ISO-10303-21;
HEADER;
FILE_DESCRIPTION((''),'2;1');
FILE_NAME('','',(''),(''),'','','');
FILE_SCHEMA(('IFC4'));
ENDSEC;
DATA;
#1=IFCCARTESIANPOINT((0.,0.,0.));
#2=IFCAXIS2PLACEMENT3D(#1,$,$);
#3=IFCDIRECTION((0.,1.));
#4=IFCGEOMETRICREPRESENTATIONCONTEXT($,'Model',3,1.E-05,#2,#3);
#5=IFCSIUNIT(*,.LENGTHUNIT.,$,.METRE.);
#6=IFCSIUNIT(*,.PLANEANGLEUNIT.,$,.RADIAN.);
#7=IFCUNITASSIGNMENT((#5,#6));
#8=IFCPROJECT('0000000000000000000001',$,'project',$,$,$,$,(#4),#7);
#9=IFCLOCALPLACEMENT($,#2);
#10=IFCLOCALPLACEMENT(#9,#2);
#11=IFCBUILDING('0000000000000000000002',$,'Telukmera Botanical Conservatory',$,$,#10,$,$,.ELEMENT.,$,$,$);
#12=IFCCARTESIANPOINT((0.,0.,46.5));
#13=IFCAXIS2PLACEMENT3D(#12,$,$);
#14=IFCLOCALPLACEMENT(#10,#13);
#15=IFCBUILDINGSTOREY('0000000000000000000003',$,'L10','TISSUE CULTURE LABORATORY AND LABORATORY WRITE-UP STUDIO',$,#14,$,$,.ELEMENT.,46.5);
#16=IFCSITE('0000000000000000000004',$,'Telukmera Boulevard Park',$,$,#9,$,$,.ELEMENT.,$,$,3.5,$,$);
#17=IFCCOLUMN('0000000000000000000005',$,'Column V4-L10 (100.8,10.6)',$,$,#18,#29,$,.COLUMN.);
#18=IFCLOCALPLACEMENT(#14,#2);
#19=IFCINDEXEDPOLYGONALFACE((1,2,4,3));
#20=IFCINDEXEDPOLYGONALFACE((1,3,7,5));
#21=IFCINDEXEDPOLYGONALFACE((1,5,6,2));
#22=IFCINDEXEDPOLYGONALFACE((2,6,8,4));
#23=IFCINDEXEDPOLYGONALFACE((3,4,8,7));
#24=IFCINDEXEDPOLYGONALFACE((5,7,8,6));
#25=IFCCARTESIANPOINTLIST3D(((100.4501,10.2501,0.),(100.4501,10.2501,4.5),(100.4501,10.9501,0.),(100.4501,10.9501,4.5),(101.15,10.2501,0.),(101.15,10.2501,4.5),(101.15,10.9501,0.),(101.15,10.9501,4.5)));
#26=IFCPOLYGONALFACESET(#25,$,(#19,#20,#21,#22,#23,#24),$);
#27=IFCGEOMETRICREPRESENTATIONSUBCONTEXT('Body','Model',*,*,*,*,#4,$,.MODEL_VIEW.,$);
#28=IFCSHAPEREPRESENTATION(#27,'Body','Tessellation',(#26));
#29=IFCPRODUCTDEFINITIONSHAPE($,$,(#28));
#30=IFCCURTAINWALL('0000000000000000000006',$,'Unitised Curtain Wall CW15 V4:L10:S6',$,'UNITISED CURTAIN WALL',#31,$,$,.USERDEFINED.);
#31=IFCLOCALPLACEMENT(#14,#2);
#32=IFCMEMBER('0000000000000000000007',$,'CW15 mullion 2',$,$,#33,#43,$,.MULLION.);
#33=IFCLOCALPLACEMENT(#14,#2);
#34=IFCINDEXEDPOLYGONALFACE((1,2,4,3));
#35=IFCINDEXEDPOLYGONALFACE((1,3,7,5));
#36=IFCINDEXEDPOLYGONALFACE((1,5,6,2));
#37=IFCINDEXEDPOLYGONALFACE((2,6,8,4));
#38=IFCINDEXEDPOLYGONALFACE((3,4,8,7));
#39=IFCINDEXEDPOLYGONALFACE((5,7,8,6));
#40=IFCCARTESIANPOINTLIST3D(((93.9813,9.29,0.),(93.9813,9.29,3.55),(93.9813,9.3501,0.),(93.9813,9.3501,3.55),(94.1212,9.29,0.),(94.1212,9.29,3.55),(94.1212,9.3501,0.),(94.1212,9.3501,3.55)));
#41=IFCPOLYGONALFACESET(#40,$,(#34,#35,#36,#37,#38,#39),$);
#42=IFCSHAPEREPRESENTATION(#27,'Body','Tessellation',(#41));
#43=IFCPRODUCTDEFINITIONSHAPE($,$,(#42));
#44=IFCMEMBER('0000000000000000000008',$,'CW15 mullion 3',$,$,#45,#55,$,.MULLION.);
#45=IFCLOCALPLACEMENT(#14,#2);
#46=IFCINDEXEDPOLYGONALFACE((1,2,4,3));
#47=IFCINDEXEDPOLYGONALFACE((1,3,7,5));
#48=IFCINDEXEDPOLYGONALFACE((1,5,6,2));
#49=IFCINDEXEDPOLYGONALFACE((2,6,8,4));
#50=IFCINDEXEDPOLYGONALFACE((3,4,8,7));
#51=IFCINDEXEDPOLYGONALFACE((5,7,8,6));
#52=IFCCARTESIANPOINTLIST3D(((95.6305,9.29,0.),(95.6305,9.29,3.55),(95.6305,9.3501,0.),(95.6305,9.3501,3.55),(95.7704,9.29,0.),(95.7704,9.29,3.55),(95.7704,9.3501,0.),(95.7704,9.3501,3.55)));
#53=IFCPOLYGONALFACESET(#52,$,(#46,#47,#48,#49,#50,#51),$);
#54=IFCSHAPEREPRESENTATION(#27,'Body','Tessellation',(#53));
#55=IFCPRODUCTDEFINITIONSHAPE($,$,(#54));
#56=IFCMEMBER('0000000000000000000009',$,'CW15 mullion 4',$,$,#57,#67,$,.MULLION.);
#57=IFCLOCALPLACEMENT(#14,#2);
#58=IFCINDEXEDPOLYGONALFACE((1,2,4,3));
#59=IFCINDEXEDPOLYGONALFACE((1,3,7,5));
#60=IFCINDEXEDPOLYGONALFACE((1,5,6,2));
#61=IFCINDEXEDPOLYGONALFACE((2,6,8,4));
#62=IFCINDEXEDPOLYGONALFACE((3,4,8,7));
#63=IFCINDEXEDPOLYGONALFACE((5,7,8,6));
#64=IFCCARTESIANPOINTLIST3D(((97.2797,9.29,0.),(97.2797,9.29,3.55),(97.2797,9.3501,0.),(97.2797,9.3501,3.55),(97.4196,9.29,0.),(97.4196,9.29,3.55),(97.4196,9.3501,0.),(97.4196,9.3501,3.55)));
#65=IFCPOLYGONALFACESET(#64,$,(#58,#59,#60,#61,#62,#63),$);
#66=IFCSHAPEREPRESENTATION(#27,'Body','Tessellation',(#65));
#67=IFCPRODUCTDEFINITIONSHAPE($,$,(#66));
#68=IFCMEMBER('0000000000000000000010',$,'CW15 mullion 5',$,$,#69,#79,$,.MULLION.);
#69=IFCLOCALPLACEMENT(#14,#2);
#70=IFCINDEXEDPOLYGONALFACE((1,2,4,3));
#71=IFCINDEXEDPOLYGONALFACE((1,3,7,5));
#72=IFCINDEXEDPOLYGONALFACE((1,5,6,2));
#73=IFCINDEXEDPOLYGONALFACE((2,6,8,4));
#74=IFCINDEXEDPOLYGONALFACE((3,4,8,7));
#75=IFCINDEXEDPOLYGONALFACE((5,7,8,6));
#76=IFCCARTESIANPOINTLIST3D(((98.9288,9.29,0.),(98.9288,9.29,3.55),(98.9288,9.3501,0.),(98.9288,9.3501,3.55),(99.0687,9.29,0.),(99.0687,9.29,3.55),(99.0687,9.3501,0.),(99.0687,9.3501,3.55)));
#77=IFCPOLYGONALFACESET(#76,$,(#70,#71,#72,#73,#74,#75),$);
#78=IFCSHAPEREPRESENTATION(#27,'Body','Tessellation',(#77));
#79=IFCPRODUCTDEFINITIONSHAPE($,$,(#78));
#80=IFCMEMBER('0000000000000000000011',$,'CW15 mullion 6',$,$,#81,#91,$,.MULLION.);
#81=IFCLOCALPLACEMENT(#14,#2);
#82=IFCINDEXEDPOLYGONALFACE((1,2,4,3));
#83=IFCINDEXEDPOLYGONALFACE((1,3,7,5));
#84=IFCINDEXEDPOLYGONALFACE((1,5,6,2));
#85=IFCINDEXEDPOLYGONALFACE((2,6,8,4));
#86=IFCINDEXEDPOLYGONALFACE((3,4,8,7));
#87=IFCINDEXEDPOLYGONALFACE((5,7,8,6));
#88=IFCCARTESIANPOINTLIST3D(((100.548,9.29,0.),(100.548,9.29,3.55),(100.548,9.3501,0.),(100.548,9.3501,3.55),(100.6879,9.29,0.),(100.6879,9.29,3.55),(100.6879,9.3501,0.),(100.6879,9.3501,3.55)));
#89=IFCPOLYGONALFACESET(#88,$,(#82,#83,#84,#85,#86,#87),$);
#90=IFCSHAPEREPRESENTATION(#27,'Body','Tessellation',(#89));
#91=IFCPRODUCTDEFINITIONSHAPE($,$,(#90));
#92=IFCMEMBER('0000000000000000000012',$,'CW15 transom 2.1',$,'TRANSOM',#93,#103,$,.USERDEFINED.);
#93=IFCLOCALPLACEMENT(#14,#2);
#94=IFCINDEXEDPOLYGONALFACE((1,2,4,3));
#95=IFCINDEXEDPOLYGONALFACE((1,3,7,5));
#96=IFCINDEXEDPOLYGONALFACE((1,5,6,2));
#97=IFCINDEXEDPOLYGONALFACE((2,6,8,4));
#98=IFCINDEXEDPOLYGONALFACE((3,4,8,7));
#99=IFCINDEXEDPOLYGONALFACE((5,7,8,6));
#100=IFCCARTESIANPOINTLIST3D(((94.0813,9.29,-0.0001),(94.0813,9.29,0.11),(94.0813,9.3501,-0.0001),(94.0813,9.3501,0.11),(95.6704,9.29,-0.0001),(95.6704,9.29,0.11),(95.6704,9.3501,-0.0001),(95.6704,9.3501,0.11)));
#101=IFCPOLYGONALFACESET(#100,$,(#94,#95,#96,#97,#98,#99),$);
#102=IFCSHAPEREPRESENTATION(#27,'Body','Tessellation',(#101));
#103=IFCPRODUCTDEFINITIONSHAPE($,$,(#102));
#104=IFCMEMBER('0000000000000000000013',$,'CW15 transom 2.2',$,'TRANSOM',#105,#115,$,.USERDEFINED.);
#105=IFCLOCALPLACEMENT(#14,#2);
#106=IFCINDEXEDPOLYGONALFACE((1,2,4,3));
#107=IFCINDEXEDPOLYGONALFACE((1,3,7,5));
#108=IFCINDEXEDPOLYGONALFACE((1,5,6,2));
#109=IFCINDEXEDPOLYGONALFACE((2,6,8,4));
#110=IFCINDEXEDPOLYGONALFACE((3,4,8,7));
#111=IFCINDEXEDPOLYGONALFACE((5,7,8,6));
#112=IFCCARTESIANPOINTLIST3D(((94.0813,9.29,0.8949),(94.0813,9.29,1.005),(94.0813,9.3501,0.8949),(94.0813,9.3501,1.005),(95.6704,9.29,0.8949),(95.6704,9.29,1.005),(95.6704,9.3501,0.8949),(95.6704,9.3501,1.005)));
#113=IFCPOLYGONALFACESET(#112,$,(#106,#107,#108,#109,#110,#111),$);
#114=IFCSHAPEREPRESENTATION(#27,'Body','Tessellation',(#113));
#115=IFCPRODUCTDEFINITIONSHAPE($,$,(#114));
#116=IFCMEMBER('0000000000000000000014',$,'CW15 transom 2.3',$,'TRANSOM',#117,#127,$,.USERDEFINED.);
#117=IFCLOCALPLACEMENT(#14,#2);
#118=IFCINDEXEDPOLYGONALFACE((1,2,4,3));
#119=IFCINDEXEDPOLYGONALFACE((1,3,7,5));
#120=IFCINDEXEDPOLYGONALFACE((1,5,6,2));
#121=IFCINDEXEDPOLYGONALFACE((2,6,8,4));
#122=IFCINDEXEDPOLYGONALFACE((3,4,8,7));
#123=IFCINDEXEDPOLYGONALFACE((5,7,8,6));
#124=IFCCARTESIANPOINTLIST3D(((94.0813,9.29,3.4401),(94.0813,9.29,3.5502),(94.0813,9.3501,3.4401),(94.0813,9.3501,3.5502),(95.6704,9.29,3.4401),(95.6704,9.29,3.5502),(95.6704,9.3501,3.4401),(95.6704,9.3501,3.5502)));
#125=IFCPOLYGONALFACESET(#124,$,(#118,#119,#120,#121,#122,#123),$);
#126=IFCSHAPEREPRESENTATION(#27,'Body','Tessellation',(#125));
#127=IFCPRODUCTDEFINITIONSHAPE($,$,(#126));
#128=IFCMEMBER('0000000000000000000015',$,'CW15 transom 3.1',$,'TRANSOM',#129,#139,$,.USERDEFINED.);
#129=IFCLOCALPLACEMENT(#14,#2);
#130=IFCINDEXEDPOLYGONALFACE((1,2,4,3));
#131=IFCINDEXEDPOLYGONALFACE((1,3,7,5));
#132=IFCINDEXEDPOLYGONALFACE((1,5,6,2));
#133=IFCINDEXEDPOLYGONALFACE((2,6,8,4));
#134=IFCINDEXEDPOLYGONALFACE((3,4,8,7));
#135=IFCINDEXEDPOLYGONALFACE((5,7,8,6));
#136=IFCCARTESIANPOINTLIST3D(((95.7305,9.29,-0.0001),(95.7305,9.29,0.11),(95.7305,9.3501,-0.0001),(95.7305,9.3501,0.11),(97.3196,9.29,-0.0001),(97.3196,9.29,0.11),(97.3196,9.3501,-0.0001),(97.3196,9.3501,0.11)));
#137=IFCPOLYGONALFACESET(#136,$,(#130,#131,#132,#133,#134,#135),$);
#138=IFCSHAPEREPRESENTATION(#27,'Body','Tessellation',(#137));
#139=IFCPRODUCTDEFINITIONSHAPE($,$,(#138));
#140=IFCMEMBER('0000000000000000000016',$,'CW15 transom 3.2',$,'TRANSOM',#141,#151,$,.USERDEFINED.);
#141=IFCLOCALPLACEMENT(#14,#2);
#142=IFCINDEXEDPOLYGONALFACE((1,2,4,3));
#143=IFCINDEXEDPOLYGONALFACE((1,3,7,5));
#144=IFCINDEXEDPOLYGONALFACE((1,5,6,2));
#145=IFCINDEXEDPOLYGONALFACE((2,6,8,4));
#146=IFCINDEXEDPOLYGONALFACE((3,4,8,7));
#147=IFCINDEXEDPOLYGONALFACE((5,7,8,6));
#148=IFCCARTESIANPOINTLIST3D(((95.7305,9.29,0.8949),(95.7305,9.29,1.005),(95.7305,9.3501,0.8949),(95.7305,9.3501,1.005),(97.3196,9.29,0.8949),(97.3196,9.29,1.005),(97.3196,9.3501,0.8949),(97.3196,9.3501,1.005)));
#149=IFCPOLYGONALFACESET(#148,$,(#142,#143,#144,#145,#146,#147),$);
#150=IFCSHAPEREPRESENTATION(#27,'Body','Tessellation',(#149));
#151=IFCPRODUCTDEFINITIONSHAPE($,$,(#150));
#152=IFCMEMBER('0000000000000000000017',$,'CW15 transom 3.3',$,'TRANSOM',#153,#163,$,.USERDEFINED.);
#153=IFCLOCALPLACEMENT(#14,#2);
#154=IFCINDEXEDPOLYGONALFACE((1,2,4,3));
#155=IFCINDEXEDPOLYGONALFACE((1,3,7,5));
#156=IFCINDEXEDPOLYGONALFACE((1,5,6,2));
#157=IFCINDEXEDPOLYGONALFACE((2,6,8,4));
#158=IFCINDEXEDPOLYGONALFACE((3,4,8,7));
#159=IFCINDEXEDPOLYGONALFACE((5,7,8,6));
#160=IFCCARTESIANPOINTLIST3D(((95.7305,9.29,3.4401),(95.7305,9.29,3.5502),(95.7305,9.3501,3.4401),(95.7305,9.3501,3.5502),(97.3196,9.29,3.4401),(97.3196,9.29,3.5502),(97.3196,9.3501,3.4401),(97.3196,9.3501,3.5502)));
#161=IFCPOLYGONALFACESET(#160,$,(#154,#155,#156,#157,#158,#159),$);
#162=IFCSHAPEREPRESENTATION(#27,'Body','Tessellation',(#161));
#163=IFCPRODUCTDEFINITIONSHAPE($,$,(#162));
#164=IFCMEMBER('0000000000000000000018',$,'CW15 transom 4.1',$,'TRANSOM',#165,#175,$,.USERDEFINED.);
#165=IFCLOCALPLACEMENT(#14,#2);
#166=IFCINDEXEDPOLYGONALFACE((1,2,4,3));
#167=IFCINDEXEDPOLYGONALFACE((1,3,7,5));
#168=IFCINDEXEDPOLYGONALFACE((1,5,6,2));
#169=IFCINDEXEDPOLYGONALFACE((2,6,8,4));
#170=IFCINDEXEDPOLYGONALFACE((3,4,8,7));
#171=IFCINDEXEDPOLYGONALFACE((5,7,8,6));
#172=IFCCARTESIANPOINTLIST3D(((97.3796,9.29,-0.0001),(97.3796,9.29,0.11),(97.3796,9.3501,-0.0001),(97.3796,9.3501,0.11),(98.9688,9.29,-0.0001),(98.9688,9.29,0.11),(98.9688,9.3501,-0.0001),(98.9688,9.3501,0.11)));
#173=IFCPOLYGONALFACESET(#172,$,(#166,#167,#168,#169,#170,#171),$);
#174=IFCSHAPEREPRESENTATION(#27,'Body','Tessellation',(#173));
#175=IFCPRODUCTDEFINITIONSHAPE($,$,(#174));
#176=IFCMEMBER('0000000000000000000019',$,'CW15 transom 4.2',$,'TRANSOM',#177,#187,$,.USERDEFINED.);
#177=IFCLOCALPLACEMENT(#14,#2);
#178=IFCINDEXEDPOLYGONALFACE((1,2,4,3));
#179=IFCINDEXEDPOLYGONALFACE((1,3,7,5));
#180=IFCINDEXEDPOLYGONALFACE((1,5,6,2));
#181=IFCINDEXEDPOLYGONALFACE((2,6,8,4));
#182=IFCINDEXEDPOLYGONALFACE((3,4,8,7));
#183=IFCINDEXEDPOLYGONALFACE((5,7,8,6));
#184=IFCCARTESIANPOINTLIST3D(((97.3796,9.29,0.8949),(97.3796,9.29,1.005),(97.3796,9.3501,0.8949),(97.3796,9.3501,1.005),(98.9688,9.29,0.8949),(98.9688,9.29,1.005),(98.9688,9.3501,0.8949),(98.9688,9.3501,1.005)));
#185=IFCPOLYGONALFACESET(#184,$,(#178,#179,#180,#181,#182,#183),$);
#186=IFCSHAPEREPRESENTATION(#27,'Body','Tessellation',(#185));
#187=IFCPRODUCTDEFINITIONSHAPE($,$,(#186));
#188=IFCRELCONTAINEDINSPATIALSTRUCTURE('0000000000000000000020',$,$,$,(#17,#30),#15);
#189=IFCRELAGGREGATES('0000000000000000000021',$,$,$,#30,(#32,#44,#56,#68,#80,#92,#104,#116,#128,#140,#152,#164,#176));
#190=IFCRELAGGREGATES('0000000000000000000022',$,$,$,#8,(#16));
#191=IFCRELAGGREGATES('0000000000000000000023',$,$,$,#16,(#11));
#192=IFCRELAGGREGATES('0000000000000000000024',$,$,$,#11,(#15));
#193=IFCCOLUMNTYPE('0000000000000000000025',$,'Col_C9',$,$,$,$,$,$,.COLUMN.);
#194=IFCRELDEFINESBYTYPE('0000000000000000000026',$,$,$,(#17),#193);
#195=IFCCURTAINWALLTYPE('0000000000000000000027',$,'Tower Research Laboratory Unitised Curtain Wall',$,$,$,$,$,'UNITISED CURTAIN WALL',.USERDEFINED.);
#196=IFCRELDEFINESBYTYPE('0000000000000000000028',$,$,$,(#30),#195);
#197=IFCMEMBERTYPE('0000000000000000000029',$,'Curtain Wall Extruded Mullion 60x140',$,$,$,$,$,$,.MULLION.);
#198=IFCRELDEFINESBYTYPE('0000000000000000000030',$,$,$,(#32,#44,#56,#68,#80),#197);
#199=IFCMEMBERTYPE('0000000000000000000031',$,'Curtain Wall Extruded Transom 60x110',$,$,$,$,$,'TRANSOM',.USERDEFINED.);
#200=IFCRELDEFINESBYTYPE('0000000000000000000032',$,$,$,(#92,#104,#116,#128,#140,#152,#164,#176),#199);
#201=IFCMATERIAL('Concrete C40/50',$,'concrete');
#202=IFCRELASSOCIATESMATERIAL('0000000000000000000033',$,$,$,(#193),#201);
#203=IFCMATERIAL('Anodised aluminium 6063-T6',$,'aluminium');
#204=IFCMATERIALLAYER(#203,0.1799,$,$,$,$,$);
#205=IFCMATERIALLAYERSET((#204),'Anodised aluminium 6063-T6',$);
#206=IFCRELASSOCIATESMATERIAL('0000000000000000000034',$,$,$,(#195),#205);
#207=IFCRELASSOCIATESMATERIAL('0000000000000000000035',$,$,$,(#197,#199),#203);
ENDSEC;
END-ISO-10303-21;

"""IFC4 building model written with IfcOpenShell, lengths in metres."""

from ifc_helpers import new_model, si_unit, direction, frame, origin, origin_2d, place, context, subcontext, project, spatial, rectangle, extrude, material, layer, layer_set, material_profile, profile_set, type_object, element, aggregate, save


model = new_model("IFC4")

# Units and contexts
model_context = context("Model", 3, precision=1e-05, world=origin(), true_north=direction((0.0, 1.0)))
body_context = subcontext(model_context, "Body", "Model", "MODEL_VIEW")
ifc_project = project(units=[si_unit("LENGTHUNIT", "METRE"), si_unit("PLANEANGLEUNIT", "RADIAN")], contexts=[model_context])

# Site, building, storey
site_placement = place(None, origin())
site = spatial("IfcSite", under=ifc_project, at=site_placement, Name="Telukmera Boulevard Park", CompositionType="ELEMENT", RefElevation=3.5)
building_placement = place(site_placement, origin())
building = spatial("IfcBuilding", under=site, at=building_placement, Name="Telukmera Botanical Conservatory", CompositionType="ELEMENT")
storey_placement = place(building_placement, frame((0.0, 0.0, 46.5)))
storey = spatial("IfcBuildingStorey", under=building, at=storey_placement, Name="L10", Description="TISSUE CULTURE LABORATORY AND LABORATORY WRITE-UP STUDIO", CompositionType="ELEMENT", Elevation=46.5)

# Column
ifc_material_1 = material(Name="Concrete C40/50", Category="concrete")
ifc_material_profile_1 = material_profile(ifc_material_1, rectangle(XDim=0.7, YDim=0.7, at=origin_2d()), Name="RC 700x700")
ifc_profile_set_1 = profile_set([ifc_material_profile_1], Name="Concrete C40/50")
column_type = type_object("IfcColumnType", Name="Col_C9", PredefinedType="COLUMN", material=ifc_profile_set_1)
column_placement = place(storey_placement, frame((100.8, 10.6001, 0.0), z_axis=(0.0, 0.0, 1.0), x_axis=(1.0, 0.0, 0.0)))
element("IfcColumn", 1, at=column_placement, inside=storey, type_object=column_type, Name="Column V4-L10 (100.8,10.6)", PredefinedType="COLUMN", context=body_context, shape_type="SweptSolid", body=[
    extrude(rectangle(XDim=0.7, YDim=0.7, at=origin_2d()), origin(), (0.0, 0.0, 1.0), 4.5),
])

# Curtain wall, members
ifc_material_2 = material(Name="Anodised aluminium 6063-T6", Category="aluminium")
ifc_layer_1 = layer(ifc_material_2, 0.1799)
ifc_layer_set_1 = layer_set([ifc_layer_1], Name="Anodised aluminium 6063-T6")
curtain_wall_type = type_object("IfcCurtainWallType", Name="Tower Research Laboratory Unitised Curtain Wall", ElementType="UNITISED CURTAIN WALL", PredefinedType="USERDEFINED", material=ifc_layer_set_1)
curtain_wall_placement = place(storey_placement, origin())
curtain_wall = element("IfcCurtainWall", 2, at=curtain_wall_placement, inside=storey, type_object=curtain_wall_type, Name="Unitised Curtain Wall CW15 V4:L10:S6", ObjectType="UNITISED CURTAIN WALL", PredefinedType="USERDEFINED")
ifc_material_profile_2 = material_profile(ifc_material_2, rectangle(XDim=0.0601, YDim=0.1399, at=origin_2d()), Name="ALU MULL 60x140")
ifc_profile_set_2 = profile_set([ifc_material_profile_2], Name="Anodised aluminium 6063-T6")
member_type_1 = type_object("IfcMemberType", Name="Curtain Wall Extruded Mullion 60x140", PredefinedType="MULLION", material=ifc_profile_set_2)
member_1_placement = place(storey_placement, frame((94.0513, 9.3201, 0.0), z_axis=(0.0, 0.0, 1.0), x_axis=(0.0, 1.0, 0.0)))
member_1 = element("IfcMember", 3, at=member_1_placement, type_object=member_type_1, Name="CW15 mullion 2", PredefinedType="MULLION", context=body_context, shape_type="SweptSolid", body=[
    extrude(rectangle(XDim=0.0601, YDim=0.1399, at=origin_2d()), origin(), (0.0, 0.0, 1.0), 3.55),
])
member_2_placement = place(storey_placement, frame((95.7004, 9.3201, 0.0), z_axis=(0.0, 0.0, 1.0), x_axis=(0.0, 1.0, 0.0)))
member_2 = element("IfcMember", 4, at=member_2_placement, type_object=member_type_1, Name="CW15 mullion 3", PredefinedType="MULLION", context=body_context, shape_type="SweptSolid", body=[
    extrude(rectangle(XDim=0.0601, YDim=0.1399, at=origin_2d()), origin(), (0.0, 0.0, 1.0), 3.55),
])
member_3_placement = place(storey_placement, frame((97.3496, 9.3201, 0.0), z_axis=(0.0, 0.0, 1.0), x_axis=(0.0, 1.0, 0.0)))
member_3 = element("IfcMember", 5, at=member_3_placement, type_object=member_type_1, Name="CW15 mullion 4", PredefinedType="MULLION", context=body_context, shape_type="SweptSolid", body=[
    extrude(rectangle(XDim=0.0601, YDim=0.1399, at=origin_2d()), origin(), (0.0, 0.0, 1.0), 3.55),
])
member_4_placement = place(storey_placement, frame((98.9988, 9.3201, 0.0), z_axis=(0.0, 0.0, 1.0), x_axis=(0.0, 1.0, 0.0)))
member_4 = element("IfcMember", 6, at=member_4_placement, type_object=member_type_1, Name="CW15 mullion 5", PredefinedType="MULLION", context=body_context, shape_type="SweptSolid", body=[
    extrude(rectangle(XDim=0.0601, YDim=0.1399, at=origin_2d()), origin(), (0.0, 0.0, 1.0), 3.55),
])
member_5_placement = place(storey_placement, frame((100.6179, 9.3201, 0.0), z_axis=(0.0, 0.0, 1.0), x_axis=(0.0, 1.0, 0.0)))
member_5 = element("IfcMember", 7, at=member_5_placement, type_object=member_type_1, Name="CW15 mullion 6", PredefinedType="MULLION", context=body_context, shape_type="SweptSolid", body=[
    extrude(rectangle(XDim=0.0601, YDim=0.1399, at=origin_2d()), origin(), (0.0, 0.0, 1.0), 3.55),
])
ifc_material_profile_3 = material_profile(ifc_material_2, rectangle(XDim=0.0601, YDim=0.1101, at=origin_2d()), Name="ALU TRAN 60x110")
ifc_profile_set_3 = profile_set([ifc_material_profile_3], Name="Anodised aluminium 6063-T6")
member_type_2 = type_object("IfcMemberType", Name="Curtain Wall Extruded Transom 60x110", ElementType="TRANSOM", PredefinedType="USERDEFINED", material=ifc_profile_set_3)
member_6_placement = place(storey_placement, frame((94.0813, 9.3201, 0.0549), z_axis=(1.0, 0.0, 0.0), x_axis=(0.0, 1.0, 0.0)))
member_6 = element("IfcMember", 8, at=member_6_placement, type_object=member_type_2, Name="CW15 transom 2.1", ObjectType="TRANSOM", PredefinedType="USERDEFINED", context=body_context, shape_type="SweptSolid", body=[
    extrude(rectangle(XDim=0.0601, YDim=0.1101, at=origin_2d()), origin(), (0.0, 0.0, 1.0), 1.5891),
])
member_7_placement = place(storey_placement, frame((94.0813, 9.3201, 0.95), z_axis=(1.0, 0.0, 0.0), x_axis=(0.0, 1.0, 0.0)))
member_7 = element("IfcMember", 9, at=member_7_placement, type_object=member_type_2, Name="CW15 transom 2.2", ObjectType="TRANSOM", PredefinedType="USERDEFINED", context=body_context, shape_type="SweptSolid", body=[
    extrude(rectangle(XDim=0.0601, YDim=0.1101, at=origin_2d()), origin(), (0.0, 0.0, 1.0), 1.5891),
])
member_8_placement = place(storey_placement, frame((94.0813, 9.3201, 3.4951), z_axis=(1.0, 0.0, 0.0), x_axis=(0.0, 1.0, 0.0)))
member_8 = element("IfcMember", 10, at=member_8_placement, type_object=member_type_2, Name="CW15 transom 2.3", ObjectType="TRANSOM", PredefinedType="USERDEFINED", context=body_context, shape_type="SweptSolid", body=[
    extrude(rectangle(XDim=0.0601, YDim=0.1101, at=origin_2d()), origin(), (0.0, 0.0, 1.0), 1.5891),
])
member_9_placement = place(storey_placement, frame((95.7305, 9.3201, 0.0549), z_axis=(1.0, 0.0, 0.0), x_axis=(0.0, 1.0, 0.0)))
member_9 = element("IfcMember", 11, at=member_9_placement, type_object=member_type_2, Name="CW15 transom 3.1", ObjectType="TRANSOM", PredefinedType="USERDEFINED", context=body_context, shape_type="SweptSolid", body=[
    extrude(rectangle(XDim=0.0601, YDim=0.1101, at=origin_2d()), origin(), (0.0, 0.0, 1.0), 1.5891),
])
member_10_placement = place(storey_placement, frame((95.7305, 9.3201, 0.95), z_axis=(1.0, 0.0, 0.0), x_axis=(0.0, 1.0, 0.0)))
member_10 = element("IfcMember", 12, at=member_10_placement, type_object=member_type_2, Name="CW15 transom 3.2", ObjectType="TRANSOM", PredefinedType="USERDEFINED", context=body_context, shape_type="SweptSolid", body=[
    extrude(rectangle(XDim=0.0601, YDim=0.1101, at=origin_2d()), origin(), (0.0, 0.0, 1.0), 1.5891),
])
member_11_placement = place(storey_placement, frame((95.7305, 9.3201, 3.4951), z_axis=(1.0, 0.0, 0.0), x_axis=(0.0, 1.0, 0.0)))
member_11 = element("IfcMember", 13, at=member_11_placement, type_object=member_type_2, Name="CW15 transom 3.3", ObjectType="TRANSOM", PredefinedType="USERDEFINED", context=body_context, shape_type="SweptSolid", body=[
    extrude(rectangle(XDim=0.0601, YDim=0.1101, at=origin_2d()), origin(), (0.0, 0.0, 1.0), 1.5891),
])
member_12_placement = place(storey_placement, frame((97.3796, 9.3201, 0.0549), z_axis=(1.0, 0.0, 0.0), x_axis=(0.0, 1.0, 0.0)))
member_12 = element("IfcMember", 14, at=member_12_placement, type_object=member_type_2, Name="CW15 transom 4.1", ObjectType="TRANSOM", PredefinedType="USERDEFINED", context=body_context, shape_type="SweptSolid", body=[
    extrude(rectangle(XDim=0.0601, YDim=0.1101, at=origin_2d()), origin(), (0.0, 0.0, 1.0), 1.5891),
])
member_13_placement = place(storey_placement, frame((97.3796, 9.3201, 0.95), z_axis=(1.0, 0.0, 0.0), x_axis=(0.0, 1.0, 0.0)))
member_13 = element("IfcMember", 15, at=member_13_placement, type_object=member_type_2, Name="CW15 transom 4.2", ObjectType="TRANSOM", PredefinedType="USERDEFINED", context=body_context, shape_type="SweptSolid", body=[
    extrude(rectangle(XDim=0.0601, YDim=0.1101, at=origin_2d()), origin(), (0.0, 0.0, 1.0), 1.5891),
])
aggregate(curtain_wall, [member_1, member_2, member_3, member_4, member_5, member_6, member_7, member_8, member_9, member_10, member_11, member_12, member_13])

save(model, "model.ifc")
